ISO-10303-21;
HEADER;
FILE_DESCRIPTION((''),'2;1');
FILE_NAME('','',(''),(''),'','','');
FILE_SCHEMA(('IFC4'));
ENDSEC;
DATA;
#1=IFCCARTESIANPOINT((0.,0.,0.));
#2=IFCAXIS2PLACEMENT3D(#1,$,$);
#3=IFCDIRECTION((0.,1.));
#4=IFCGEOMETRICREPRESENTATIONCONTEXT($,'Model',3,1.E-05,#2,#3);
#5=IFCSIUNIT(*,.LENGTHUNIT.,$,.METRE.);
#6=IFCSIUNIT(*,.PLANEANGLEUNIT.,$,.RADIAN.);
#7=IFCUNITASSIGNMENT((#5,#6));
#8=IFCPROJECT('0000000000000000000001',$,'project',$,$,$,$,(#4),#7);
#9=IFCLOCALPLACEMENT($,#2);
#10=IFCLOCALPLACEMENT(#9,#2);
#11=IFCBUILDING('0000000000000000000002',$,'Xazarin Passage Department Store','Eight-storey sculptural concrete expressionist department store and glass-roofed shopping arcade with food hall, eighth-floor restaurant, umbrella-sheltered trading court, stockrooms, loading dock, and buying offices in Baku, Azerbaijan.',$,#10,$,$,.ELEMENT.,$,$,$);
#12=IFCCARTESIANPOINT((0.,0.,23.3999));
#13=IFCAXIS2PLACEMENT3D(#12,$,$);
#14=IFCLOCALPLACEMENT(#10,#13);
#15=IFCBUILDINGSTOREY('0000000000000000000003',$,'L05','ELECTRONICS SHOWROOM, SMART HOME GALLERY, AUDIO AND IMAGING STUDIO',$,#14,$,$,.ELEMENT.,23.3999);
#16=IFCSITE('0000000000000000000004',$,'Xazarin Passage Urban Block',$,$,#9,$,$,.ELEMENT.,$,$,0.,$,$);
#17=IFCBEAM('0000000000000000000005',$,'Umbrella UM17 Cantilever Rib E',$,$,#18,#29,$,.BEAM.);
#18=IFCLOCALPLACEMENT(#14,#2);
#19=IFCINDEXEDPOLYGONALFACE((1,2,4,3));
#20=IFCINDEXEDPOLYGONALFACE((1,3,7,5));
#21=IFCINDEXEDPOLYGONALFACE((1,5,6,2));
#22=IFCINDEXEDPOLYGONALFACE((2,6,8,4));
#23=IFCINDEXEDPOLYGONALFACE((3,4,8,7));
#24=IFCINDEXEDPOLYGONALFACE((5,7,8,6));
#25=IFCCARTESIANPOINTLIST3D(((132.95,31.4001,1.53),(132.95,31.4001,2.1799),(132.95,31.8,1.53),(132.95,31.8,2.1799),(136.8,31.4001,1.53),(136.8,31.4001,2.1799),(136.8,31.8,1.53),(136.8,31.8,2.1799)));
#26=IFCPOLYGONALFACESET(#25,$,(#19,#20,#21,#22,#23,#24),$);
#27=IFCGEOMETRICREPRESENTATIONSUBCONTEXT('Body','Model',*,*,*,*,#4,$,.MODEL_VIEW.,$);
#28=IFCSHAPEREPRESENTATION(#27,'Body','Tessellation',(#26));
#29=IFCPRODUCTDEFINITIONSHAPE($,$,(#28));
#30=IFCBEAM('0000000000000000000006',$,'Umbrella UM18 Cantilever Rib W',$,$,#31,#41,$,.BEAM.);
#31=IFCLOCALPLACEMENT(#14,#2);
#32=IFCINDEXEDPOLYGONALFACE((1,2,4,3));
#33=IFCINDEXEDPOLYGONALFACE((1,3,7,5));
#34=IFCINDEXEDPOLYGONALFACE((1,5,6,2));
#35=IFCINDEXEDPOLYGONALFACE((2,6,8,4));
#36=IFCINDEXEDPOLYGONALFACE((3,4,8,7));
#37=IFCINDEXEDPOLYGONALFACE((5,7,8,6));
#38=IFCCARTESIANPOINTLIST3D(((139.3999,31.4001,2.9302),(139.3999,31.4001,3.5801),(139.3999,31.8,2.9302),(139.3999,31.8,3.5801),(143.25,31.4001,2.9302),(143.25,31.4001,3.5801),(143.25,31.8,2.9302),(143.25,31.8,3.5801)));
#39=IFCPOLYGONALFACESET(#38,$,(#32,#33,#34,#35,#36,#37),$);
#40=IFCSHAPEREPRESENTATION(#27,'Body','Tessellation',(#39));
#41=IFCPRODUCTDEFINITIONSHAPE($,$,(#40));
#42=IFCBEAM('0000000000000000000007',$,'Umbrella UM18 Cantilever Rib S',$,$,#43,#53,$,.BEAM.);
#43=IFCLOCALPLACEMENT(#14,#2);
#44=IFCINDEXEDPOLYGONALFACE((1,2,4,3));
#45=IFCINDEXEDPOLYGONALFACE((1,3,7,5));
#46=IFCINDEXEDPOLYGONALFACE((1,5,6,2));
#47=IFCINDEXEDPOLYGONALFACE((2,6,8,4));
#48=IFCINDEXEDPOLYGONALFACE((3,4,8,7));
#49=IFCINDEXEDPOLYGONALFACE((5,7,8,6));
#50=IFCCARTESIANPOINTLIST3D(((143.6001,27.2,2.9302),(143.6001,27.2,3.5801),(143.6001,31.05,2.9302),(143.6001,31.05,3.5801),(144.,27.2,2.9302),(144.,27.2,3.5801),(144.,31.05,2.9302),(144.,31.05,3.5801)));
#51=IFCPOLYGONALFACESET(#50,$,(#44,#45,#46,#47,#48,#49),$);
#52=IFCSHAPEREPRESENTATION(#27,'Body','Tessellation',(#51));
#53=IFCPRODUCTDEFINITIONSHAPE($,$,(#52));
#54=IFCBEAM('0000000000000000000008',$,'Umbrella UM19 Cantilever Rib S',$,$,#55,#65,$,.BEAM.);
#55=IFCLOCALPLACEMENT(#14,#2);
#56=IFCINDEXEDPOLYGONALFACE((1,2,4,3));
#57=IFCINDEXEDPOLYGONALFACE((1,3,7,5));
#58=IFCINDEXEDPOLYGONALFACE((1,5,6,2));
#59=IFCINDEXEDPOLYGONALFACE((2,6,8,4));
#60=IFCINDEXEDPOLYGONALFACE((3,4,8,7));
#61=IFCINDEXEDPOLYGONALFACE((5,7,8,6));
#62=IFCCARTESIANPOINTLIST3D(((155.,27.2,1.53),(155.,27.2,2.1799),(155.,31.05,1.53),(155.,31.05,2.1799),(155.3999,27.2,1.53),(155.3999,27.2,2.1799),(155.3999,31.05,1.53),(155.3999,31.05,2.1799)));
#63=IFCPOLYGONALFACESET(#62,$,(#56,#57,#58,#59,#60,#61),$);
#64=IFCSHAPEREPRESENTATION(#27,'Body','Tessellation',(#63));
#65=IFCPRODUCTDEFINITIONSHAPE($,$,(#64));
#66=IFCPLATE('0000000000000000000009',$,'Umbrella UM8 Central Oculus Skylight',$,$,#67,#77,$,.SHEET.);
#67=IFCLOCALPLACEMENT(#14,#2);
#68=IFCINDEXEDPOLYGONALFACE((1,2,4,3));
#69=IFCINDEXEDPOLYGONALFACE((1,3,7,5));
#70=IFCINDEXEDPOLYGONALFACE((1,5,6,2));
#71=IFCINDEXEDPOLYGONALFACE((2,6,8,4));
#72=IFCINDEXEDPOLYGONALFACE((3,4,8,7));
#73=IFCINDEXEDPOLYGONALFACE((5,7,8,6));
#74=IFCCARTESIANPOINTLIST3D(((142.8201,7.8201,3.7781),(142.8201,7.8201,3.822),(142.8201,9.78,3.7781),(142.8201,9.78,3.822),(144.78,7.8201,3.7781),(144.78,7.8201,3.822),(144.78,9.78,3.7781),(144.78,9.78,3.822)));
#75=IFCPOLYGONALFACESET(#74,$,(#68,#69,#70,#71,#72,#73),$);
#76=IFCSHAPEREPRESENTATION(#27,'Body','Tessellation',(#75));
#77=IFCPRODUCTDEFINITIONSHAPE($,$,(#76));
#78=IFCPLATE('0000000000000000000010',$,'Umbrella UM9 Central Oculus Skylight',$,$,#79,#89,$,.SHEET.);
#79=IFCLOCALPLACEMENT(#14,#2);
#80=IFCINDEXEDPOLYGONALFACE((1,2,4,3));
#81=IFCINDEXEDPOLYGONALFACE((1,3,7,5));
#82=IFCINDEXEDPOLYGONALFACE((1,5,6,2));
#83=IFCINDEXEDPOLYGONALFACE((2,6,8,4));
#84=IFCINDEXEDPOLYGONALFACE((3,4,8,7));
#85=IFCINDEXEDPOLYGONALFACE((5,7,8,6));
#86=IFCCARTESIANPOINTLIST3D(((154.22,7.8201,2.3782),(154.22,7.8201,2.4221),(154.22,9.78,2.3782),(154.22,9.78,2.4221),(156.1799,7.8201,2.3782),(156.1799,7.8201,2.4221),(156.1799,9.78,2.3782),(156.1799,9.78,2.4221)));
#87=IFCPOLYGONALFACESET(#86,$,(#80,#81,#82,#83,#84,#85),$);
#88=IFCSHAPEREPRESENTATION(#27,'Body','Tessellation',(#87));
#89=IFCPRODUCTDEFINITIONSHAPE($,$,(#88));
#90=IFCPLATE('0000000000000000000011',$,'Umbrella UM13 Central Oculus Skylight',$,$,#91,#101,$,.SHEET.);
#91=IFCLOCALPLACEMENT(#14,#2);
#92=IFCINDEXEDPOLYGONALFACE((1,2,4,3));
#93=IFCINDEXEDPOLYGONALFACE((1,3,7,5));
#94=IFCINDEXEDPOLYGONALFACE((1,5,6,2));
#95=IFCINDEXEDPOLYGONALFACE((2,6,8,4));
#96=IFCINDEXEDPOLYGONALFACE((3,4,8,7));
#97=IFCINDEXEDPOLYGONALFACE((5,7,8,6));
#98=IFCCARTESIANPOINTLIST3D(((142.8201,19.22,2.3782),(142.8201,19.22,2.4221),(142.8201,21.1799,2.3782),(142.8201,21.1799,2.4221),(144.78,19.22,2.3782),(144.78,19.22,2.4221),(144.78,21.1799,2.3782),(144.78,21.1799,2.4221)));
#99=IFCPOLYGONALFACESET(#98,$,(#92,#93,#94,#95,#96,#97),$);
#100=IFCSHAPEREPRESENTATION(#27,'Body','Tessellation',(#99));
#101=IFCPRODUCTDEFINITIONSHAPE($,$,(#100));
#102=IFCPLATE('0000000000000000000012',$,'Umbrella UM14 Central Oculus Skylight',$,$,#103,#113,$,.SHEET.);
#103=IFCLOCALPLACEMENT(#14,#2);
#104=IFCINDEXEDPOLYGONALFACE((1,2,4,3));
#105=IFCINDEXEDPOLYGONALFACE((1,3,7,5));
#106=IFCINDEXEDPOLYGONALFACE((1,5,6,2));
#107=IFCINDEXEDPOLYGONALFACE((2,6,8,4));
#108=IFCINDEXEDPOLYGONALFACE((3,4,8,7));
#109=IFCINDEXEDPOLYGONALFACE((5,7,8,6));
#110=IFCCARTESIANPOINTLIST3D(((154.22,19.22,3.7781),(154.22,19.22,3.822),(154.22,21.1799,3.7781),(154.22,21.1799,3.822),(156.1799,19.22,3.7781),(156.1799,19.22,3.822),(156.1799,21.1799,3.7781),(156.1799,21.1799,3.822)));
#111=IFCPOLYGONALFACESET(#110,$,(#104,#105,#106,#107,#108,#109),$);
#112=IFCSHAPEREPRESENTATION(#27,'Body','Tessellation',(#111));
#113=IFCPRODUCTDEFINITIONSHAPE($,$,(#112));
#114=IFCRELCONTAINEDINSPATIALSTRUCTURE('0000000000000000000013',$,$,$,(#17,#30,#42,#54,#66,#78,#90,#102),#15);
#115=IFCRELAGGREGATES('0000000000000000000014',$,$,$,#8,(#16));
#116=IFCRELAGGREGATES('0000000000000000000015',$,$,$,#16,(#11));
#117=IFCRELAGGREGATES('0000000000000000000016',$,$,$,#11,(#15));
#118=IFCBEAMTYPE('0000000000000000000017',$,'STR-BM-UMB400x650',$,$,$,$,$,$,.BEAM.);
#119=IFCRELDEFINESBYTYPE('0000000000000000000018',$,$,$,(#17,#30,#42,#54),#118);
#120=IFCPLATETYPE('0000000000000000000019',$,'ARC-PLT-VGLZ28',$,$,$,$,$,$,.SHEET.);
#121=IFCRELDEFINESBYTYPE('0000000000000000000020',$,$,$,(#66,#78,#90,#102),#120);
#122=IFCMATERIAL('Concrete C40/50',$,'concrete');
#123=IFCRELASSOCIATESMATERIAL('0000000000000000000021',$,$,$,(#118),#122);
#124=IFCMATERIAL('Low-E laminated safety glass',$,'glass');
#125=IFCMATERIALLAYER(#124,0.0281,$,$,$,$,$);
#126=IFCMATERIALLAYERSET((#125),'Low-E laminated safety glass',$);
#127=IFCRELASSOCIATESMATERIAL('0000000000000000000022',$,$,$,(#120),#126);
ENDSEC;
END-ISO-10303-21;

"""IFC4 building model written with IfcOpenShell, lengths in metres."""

from ifc_helpers import new_model, si_unit, direction, frame, origin, origin_2d, place, context, subcontext, project, spatial, rectangle, extrude, material, layer, layer_set, material_profile, profile_set, type_object, element, save


model = new_model("IFC4")

# Units and contexts
model_context = context("Model", 3, precision=1e-05, world=origin(), true_north=direction((0.0, 1.0)))
body_context = subcontext(model_context, "Body", "Model", "MODEL_VIEW")
ifc_project = project(units=[si_unit("LENGTHUNIT", "METRE"), si_unit("PLANEANGLEUNIT", "RADIAN")], contexts=[model_context])

# Site, building, storey
site_placement = place(None, origin())
site = spatial("IfcSite", under=ifc_project, at=site_placement, Name="Xazarin Passage Urban Block", CompositionType="ELEMENT", RefElevation=0.0)
building_placement = place(site_placement, origin())
building = spatial("IfcBuilding", under=site, at=building_placement, Name="Xazarin Passage Department Store", Description="Eight-storey sculptural concrete expressionist department store and glass-roofed shopping arcade with food hall, eighth-floor restaurant, umbrella-sheltered trading court, stockrooms, loading dock, and buying offices in Baku, Azerbaijan.", CompositionType="ELEMENT")
storey_placement = place(building_placement, frame((0.0, 0.0, 23.3999)))
storey = spatial("IfcBuildingStorey", under=building, at=storey_placement, Name="L05", Description="ELECTRONICS SHOWROOM, SMART HOME GALLERY, AUDIO AND IMAGING STUDIO", CompositionType="ELEMENT", Elevation=23.3999)

# Beams
ifc_material_1 = material(Name="Concrete C40/50", Category="concrete")
ifc_material_profile = material_profile(ifc_material_1, rectangle(XDim=0.3999, YDim=0.6499, at=origin_2d()), Name="RC 400x650")
ifc_profile_set = profile_set([ifc_material_profile], Name="Concrete C40/50")
beam_type = type_object("IfcBeamType", Name="STR-BM-UMB400x650", PredefinedType="BEAM", material=ifc_profile_set)
for number, where, z_axis, x_axis, name in (
    (1, (132.95, 31.6001, 1.855), (1.0, 0.0, 0.0), (0.0, 1.0, 0.0), "Umbrella UM17 Cantilever Rib E"),
    (2, (143.25, 31.6001, 3.2551), (-1.0, 0.0, 0.0), (0.0, -1.0, 0.0), "Umbrella UM18 Cantilever Rib W"),
    (3, (143.8, 31.05, 3.2551), (0.0, -1.0, 0.0), (1.0, 0.0, 0.0), "Umbrella UM18 Cantilever Rib S"),
    (4, (155.2, 31.05, 1.855), (0.0, -1.0, 0.0), (1.0, 0.0, 0.0), "Umbrella UM19 Cantilever Rib S"),
):
    element("IfcBeam", number, at=place(storey_placement, frame(where, z_axis=z_axis, x_axis=x_axis)), inside=storey, type_object=beam_type, Name=name, PredefinedType="BEAM", context=body_context, shape_type="SweptSolid", body=[
        extrude(rectangle(XDim=0.3999, YDim=0.6499, at=origin_2d()), origin(), (0.0, 0.0, 1.0), 3.8501),
    ])

# Plates
ifc_material_2 = material(Name="Low-E laminated safety glass", Category="glass")
ifc_layer = layer(ifc_material_2, 0.0281)
ifc_layer_set = layer_set([ifc_layer], Name="Low-E laminated safety glass")
plate_type = type_object("IfcPlateType", Name="ARC-PLT-VGLZ28", PredefinedType="SHEET", material=ifc_layer_set)
for number, where, z_axis, x_axis, name in (
    (5, (143.8, 8.8, 3.7781), (0.0, 0.0, 1.0), (1.0, 0.0, 0.0), "Umbrella UM8 Central Oculus Skylight"),
    (6, (155.2, 8.8, 2.3782), (0.0, 0.0, 1.0), (1.0, 0.0, 0.0), "Umbrella UM9 Central Oculus Skylight"),
    (7, (143.8, 20.2, 2.3782), (0.0, 0.0, 1.0), (1.0, 0.0, 0.0), "Umbrella UM13 Central Oculus Skylight"),
    (8, (155.2, 20.2, 3.7781), (0.0, 0.0, 1.0), (1.0, 0.0, 0.0), "Umbrella UM14 Central Oculus Skylight"),
):
    element("IfcPlate", number, at=place(storey_placement, frame(where, z_axis=z_axis, x_axis=x_axis)), inside=storey, type_object=plate_type, Name=name, PredefinedType="SHEET", context=body_context, shape_type="SweptSolid", body=[
        extrude(rectangle(XDim=1.96, YDim=1.96, at=origin_2d()), origin(), (0.0, 0.0, 1.0), 0.0439),
    ])

save(model, "model.ifc")
